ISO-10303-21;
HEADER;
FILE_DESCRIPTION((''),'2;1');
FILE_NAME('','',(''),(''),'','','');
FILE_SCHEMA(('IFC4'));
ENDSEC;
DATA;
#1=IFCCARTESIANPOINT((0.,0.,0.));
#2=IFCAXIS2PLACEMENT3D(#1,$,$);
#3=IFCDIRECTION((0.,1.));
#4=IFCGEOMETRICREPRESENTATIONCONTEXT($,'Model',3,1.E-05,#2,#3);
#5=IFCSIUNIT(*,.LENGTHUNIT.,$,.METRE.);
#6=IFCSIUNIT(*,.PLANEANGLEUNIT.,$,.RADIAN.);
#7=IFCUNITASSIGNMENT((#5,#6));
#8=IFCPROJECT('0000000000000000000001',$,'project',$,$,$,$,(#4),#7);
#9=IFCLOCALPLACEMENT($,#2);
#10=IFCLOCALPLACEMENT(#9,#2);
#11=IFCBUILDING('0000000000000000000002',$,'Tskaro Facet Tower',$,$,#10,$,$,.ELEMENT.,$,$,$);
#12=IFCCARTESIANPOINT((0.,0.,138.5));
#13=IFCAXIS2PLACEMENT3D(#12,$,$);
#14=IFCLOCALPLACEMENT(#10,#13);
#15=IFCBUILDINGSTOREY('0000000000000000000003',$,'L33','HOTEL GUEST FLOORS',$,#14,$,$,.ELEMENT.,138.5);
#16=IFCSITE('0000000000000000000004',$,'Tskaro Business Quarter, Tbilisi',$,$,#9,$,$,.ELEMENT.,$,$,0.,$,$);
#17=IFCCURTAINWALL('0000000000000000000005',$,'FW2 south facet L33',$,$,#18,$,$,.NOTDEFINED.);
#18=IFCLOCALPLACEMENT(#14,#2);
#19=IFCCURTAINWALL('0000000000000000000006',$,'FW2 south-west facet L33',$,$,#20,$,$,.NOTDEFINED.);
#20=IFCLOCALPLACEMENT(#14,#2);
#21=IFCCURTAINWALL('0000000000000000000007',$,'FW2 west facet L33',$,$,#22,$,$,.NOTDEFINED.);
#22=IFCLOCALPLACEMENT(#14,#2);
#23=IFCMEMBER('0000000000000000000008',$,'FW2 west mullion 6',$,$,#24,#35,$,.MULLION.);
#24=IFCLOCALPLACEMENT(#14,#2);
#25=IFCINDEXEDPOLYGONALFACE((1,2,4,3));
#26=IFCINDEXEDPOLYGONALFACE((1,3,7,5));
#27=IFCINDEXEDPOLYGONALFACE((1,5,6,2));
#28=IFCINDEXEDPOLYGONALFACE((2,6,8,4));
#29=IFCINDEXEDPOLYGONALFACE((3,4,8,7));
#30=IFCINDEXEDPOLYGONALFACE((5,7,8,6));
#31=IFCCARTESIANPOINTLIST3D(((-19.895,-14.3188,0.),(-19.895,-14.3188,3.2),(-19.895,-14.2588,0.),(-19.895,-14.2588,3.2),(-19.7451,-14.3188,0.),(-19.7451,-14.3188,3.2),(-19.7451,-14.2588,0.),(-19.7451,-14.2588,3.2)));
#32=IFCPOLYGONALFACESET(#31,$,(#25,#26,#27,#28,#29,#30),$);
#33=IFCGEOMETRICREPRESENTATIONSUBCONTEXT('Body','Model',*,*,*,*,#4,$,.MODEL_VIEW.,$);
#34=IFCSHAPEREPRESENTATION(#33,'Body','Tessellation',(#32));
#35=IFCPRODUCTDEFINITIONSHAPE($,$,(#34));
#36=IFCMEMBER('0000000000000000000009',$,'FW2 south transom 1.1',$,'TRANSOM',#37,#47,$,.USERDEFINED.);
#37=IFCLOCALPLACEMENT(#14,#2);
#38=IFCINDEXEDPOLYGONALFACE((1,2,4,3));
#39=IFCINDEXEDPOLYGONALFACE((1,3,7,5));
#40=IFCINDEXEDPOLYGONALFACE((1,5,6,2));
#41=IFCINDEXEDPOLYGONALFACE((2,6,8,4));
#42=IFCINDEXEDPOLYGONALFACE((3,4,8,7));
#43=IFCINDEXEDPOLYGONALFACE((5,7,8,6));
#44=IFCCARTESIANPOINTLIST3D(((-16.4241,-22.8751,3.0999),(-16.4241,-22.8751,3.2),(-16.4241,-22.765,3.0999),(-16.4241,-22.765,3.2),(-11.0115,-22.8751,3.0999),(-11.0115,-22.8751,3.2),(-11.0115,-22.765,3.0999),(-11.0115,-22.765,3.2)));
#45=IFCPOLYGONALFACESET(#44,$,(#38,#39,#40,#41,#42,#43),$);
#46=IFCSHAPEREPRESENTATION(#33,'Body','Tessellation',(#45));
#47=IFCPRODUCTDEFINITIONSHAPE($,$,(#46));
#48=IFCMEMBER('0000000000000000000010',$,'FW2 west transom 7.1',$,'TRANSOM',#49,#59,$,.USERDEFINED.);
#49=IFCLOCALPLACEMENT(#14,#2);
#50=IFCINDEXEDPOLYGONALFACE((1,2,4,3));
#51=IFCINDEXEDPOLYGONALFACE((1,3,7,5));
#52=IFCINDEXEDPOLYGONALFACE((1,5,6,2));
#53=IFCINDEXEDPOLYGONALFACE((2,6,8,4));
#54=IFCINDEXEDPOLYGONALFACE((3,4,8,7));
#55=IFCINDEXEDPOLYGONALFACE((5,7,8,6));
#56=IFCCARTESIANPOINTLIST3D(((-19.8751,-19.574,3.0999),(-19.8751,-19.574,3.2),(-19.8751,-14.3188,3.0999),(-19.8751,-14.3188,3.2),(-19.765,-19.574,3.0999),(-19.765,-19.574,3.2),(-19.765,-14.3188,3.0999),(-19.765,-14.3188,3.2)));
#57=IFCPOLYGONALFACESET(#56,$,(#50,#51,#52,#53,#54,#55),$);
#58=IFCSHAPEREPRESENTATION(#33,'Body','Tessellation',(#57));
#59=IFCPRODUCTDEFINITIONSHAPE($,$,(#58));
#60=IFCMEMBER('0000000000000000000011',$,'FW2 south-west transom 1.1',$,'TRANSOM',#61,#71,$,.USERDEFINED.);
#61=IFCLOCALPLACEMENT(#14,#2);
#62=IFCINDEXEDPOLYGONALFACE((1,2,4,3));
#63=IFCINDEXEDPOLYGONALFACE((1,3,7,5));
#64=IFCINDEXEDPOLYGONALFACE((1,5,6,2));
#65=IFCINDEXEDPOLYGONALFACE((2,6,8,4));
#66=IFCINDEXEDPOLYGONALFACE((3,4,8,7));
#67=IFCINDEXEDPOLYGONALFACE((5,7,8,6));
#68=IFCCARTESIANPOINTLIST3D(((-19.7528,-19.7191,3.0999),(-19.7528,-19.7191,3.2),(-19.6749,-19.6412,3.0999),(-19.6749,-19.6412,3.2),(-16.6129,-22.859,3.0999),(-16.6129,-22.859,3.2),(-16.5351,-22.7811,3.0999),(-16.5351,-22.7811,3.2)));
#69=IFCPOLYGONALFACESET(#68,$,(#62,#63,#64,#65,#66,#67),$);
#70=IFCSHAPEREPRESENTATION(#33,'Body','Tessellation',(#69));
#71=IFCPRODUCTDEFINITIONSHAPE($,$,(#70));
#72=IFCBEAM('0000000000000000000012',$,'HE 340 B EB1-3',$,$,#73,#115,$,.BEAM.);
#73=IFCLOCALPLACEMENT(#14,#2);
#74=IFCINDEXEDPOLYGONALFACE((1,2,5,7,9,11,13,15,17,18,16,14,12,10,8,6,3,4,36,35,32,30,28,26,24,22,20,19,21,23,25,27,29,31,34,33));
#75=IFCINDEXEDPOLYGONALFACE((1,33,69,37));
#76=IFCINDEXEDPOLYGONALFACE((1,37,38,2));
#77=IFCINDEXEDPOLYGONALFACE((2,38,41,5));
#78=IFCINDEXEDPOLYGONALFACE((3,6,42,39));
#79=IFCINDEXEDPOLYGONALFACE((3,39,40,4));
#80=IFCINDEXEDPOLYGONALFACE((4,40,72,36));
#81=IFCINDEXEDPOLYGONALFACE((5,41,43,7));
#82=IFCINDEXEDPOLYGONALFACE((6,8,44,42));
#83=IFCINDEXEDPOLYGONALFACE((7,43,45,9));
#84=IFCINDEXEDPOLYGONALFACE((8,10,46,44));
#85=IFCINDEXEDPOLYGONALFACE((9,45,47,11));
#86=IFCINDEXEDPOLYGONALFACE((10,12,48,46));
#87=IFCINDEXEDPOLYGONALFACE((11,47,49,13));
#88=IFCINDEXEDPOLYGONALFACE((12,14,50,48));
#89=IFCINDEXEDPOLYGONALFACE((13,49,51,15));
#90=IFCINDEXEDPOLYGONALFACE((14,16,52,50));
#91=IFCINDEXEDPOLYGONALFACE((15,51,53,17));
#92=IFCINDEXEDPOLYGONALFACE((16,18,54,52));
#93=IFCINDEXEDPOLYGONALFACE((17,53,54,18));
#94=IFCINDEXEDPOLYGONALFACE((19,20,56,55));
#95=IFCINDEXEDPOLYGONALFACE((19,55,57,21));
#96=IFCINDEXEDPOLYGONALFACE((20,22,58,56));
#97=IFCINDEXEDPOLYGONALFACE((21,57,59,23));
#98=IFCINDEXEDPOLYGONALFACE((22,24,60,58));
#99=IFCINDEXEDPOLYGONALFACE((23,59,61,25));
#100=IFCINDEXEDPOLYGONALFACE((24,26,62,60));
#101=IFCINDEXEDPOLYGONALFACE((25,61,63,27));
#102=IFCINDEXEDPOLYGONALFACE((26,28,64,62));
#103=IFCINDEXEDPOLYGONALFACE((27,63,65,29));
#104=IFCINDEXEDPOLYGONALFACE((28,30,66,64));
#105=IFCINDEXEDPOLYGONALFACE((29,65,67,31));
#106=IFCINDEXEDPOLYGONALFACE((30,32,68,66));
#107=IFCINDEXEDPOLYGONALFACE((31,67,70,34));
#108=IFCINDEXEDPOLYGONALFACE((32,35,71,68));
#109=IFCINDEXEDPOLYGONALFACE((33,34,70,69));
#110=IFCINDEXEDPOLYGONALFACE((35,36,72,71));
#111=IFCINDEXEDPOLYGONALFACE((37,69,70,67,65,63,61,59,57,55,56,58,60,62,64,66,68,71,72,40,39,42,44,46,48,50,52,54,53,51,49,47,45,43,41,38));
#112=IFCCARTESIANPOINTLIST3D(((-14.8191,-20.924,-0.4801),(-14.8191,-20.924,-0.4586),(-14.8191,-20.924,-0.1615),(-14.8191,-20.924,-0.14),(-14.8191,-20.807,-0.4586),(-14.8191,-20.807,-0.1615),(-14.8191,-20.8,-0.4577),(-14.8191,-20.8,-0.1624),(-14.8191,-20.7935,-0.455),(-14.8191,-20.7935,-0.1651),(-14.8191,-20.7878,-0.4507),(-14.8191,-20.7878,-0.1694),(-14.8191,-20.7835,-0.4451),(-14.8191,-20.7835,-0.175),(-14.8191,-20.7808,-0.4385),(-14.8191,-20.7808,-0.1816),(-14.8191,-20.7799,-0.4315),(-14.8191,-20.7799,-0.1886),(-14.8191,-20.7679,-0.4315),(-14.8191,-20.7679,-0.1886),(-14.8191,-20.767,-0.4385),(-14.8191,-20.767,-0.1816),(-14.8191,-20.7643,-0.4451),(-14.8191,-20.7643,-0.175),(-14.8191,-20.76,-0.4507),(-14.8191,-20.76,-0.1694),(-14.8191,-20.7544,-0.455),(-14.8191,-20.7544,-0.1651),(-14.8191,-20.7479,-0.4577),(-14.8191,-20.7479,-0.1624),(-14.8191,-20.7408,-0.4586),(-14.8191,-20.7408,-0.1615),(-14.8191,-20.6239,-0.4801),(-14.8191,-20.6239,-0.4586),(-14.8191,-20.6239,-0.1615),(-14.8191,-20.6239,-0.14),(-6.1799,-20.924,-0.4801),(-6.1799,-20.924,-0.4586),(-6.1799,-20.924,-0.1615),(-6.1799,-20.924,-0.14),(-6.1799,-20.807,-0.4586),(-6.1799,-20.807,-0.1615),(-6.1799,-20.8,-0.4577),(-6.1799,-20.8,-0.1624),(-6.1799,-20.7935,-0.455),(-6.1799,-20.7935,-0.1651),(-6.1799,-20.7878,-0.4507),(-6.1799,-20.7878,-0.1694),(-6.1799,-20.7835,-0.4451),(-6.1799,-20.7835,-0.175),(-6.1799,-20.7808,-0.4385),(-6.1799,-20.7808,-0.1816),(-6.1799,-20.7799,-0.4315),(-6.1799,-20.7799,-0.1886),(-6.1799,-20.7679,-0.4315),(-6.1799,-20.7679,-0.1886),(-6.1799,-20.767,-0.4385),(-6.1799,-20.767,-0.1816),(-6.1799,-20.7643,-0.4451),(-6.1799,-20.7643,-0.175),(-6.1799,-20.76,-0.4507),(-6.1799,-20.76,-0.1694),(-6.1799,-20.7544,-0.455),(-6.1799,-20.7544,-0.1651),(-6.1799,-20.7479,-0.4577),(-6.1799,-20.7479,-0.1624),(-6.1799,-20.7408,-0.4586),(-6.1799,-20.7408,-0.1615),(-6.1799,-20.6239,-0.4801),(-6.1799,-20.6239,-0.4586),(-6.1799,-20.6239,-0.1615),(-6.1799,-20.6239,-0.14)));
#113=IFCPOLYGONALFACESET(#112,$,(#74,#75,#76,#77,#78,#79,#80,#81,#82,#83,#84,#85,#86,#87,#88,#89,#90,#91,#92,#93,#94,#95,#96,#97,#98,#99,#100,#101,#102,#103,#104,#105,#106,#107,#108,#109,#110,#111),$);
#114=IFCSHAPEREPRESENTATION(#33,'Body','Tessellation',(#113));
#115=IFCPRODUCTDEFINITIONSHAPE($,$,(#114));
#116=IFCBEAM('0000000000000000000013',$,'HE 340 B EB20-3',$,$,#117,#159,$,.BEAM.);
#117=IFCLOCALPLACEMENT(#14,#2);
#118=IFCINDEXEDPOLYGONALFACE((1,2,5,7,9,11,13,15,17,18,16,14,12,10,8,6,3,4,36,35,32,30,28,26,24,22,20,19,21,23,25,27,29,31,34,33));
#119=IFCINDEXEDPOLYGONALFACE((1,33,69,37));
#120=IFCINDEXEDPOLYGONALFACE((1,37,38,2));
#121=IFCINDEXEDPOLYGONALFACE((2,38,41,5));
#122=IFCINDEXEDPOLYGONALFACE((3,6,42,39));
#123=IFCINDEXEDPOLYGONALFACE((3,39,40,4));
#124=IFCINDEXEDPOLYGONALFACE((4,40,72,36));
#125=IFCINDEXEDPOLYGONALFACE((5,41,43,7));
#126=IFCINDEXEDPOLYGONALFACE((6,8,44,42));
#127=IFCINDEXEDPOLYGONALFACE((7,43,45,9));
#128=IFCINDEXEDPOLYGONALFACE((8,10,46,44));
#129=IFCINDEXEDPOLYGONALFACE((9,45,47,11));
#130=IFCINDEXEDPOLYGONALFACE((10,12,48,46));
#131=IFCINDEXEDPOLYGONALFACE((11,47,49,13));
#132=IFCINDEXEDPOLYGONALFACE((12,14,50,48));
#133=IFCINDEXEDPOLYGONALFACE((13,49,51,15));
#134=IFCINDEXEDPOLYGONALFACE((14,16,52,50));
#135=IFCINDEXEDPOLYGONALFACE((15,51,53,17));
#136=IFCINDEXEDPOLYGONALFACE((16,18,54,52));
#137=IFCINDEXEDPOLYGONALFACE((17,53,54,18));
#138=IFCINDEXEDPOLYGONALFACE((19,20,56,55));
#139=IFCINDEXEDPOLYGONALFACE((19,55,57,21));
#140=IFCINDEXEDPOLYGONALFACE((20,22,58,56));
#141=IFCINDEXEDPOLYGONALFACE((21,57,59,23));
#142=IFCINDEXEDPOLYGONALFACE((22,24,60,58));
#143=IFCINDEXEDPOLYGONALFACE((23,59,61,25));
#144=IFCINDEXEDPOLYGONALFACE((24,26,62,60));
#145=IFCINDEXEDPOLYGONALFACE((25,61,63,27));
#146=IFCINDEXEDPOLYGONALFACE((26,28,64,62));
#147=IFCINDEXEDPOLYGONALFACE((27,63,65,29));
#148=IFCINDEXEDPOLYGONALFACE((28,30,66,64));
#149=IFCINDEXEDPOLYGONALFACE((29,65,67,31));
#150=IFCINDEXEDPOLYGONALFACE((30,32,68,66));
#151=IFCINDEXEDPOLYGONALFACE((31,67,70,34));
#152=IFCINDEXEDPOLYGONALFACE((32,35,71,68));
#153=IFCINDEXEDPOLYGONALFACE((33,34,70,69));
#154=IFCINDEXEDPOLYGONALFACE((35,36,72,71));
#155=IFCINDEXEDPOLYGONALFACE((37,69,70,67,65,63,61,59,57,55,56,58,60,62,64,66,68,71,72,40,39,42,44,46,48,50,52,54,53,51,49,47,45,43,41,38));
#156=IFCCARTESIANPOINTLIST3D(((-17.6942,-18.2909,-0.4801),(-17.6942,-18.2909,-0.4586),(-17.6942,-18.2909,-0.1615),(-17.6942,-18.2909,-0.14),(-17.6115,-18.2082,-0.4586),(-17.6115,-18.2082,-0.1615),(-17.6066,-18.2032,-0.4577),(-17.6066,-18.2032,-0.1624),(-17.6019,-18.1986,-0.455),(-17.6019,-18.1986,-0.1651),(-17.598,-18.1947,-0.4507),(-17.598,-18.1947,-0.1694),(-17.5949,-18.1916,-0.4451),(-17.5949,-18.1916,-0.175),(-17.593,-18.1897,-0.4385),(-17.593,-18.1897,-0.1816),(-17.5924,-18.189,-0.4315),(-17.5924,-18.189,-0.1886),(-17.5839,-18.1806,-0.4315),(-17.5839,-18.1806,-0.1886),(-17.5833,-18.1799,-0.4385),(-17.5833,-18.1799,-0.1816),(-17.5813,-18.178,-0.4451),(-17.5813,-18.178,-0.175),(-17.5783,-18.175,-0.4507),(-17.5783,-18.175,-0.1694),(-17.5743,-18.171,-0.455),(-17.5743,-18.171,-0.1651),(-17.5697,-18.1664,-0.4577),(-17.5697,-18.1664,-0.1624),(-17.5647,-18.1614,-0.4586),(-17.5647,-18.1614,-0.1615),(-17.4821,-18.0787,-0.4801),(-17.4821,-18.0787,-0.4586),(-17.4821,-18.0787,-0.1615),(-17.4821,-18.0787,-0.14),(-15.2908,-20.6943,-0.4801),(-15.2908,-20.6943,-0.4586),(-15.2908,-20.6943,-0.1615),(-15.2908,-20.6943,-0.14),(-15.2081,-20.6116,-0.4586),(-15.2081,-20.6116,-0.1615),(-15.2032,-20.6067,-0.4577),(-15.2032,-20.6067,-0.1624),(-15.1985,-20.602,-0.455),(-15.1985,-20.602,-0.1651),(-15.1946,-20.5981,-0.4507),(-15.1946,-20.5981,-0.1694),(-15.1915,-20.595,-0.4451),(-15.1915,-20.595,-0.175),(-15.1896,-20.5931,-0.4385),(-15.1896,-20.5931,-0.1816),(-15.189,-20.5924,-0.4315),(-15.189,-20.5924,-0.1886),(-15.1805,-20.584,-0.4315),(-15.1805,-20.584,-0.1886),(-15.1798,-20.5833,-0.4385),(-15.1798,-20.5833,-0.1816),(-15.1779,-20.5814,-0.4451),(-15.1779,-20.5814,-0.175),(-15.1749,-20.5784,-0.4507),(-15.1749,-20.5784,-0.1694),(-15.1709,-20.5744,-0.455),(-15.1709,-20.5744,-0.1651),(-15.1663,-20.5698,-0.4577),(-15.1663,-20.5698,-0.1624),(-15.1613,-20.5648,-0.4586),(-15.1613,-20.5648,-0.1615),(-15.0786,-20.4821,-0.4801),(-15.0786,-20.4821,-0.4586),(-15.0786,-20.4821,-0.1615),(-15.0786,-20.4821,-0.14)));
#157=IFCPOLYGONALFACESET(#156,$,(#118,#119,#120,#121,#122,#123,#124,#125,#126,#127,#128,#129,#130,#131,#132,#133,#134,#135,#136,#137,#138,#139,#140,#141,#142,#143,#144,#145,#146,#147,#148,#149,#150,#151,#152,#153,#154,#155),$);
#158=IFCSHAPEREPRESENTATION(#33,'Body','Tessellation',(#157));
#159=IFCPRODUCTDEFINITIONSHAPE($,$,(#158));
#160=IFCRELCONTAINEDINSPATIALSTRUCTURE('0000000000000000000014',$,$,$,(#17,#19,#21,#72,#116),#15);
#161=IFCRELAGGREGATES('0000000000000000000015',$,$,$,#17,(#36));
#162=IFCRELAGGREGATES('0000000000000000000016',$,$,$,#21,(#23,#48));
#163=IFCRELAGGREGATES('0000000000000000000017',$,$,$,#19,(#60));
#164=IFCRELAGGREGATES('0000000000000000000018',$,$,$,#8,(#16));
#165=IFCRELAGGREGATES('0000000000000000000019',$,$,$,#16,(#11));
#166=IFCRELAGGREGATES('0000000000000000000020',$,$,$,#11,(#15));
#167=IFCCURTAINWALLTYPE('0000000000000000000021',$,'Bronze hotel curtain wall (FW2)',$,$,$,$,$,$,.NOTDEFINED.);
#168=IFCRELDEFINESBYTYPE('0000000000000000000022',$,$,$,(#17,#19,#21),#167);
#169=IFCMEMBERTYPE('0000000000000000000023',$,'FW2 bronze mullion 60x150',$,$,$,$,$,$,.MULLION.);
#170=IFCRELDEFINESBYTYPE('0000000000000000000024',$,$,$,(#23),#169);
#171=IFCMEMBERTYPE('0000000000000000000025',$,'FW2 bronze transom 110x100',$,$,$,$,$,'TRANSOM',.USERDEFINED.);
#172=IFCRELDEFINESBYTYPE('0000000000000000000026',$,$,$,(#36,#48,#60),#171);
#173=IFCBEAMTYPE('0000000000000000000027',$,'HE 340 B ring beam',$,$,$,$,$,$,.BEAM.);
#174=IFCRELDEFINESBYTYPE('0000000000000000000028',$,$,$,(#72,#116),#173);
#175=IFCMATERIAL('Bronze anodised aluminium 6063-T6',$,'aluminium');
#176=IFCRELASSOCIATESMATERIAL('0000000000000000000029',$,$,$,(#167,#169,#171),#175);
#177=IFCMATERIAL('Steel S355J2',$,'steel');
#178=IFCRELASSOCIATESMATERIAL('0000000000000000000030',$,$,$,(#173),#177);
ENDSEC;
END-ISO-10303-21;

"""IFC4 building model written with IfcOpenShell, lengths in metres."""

from ifc_helpers import new_model, si_unit, direction, frame, origin, origin_2d, place, context, subcontext, project, spatial, rectangle, i_section, extrude, material, material_profile, profile_set, type_object, element, aggregate, save


model = new_model("IFC4")

# Units and contexts
model_context = context("Model", 3, precision=1e-05, world=origin(), true_north=direction((0.0, 1.0)))
body_context = subcontext(model_context, "Body", "Model", "MODEL_VIEW")
ifc_project = project(units=[si_unit("LENGTHUNIT", "METRE"), si_unit("PLANEANGLEUNIT", "RADIAN")], contexts=[model_context])

# Site, building, storey
site_placement = place(None, origin())
site = spatial("IfcSite", under=ifc_project, at=site_placement, Name="Tskaro Business Quarter, Tbilisi", CompositionType="ELEMENT", RefElevation=0.0)
building_placement = place(site_placement, origin())
building = spatial("IfcBuilding", under=site, at=building_placement, Name="Tskaro Facet Tower", CompositionType="ELEMENT")
storey_placement = place(building_placement, frame((0.0, 0.0, 138.5)))
storey = spatial("IfcBuildingStorey", under=building, at=storey_placement, Name="L33", Description="HOTEL GUEST FLOORS", CompositionType="ELEMENT", Elevation=138.5)

# Curtain walls, member
ifc_material_1 = material(Name="Bronze anodised aluminium 6063-T6", Category="aluminium")
curtain_wall_type = type_object("IfcCurtainWallType", Name="Bronze hotel curtain wall (FW2)", PredefinedType="NOTDEFINED", material=ifc_material_1)
curtain_wall_1_placement = place(storey_placement, origin())
curtain_wall_1 = element("IfcCurtainWall", 1, at=curtain_wall_1_placement, inside=storey, type_object=curtain_wall_type, Name="FW2 south facet L33", PredefinedType="NOTDEFINED")
curtain_wall_2_placement = place(storey_placement, origin())
curtain_wall_2 = element("IfcCurtainWall", 2, at=curtain_wall_2_placement, inside=storey, type_object=curtain_wall_type, Name="FW2 south-west facet L33", PredefinedType="NOTDEFINED")
curtain_wall_3_placement = place(storey_placement, origin())
curtain_wall_3 = element("IfcCurtainWall", 3, at=curtain_wall_3_placement, inside=storey, type_object=curtain_wall_type, Name="FW2 west facet L33", PredefinedType="NOTDEFINED")
ifc_material_profile_1 = material_profile(ifc_material_1, rectangle(XDim=0.0601, YDim=0.1499, at=origin_2d()), Name="Mullion 60x150")
ifc_profile_set_1 = profile_set([ifc_material_profile_1], Name="Bronze anodised aluminium 6063-T6")
member_type_1 = type_object("IfcMemberType", Name="FW2 bronze mullion 60x150", PredefinedType="MULLION", material=ifc_profile_set_1)
member_1_placement = place(storey_placement, frame((-19.8201, -14.2888, 0.0), z_axis=(0.0, 0.0, 1.0), x_axis=(0.0, -1.0, 0.0)))
member_1 = element("IfcMember", 4, at=member_1_placement, type_object=member_type_1, Name="FW2 west mullion 6", PredefinedType="MULLION", context=body_context, shape_type="SweptSolid", body=[
    extrude(rectangle(XDim=0.0601, YDim=0.1499, at=origin_2d()), origin(), (0.0, 0.0, 1.0), 3.2),
])

# Members
ifc_material_profile_2 = material_profile(ifc_material_1, rectangle(XDim=0.1101, YDim=0.1001, at=origin_2d()), Name="Transom 110x100")
ifc_profile_set_2 = profile_set([ifc_material_profile_2], Name="Bronze anodised aluminium 6063-T6")
member_type_2 = type_object("IfcMemberType", Name="FW2 bronze transom 110x100", ElementType="TRANSOM", PredefinedType="USERDEFINED", material=ifc_profile_set_2)
member_2_placement = place(storey_placement, frame((-16.4241, -22.8201, 3.1499), z_axis=(1.0, 0.0, 0.0), x_axis=(0.0, 1.0, 0.0)))
member_2 = element("IfcMember", 5, at=member_2_placement, type_object=member_type_2, Name="FW2 south transom 1.1", ObjectType="TRANSOM", PredefinedType="USERDEFINED", context=body_context, shape_type="SweptSolid", body=[
    extrude(rectangle(XDim=0.1101, YDim=0.1001, at=origin_2d()), origin(), (0.0, 0.0, 1.0), 5.4126),
])
aggregate(curtain_wall_1, [member_2])
member_3_placement = place(storey_placement, frame((-19.8201, -14.3188, 3.1499), z_axis=(0.0, -1.0, 0.0), x_axis=(1.0, 0.0, 0.0)))
member_3 = element("IfcMember", 6, at=member_3_placement, type_object=member_type_2, Name="FW2 west transom 7.1", ObjectType="TRANSOM", PredefinedType="USERDEFINED", context=body_context, shape_type="SweptSolid", body=[
    extrude(rectangle(XDim=0.1101, YDim=0.1001, at=origin_2d()), origin(), (0.0, 0.0, 1.0), 5.2551),
])
member_4_placement = place(storey_placement, frame((-19.7139, -19.6802, 3.1499), z_axis=(0.707107, -0.707107, 0.0), x_axis=(0.707107, 0.707107, 0.0)))
member_4 = element("IfcMember", 7, at=member_4_placement, type_object=member_type_2, Name="FW2 south-west transom 1.1", ObjectType="TRANSOM", PredefinedType="USERDEFINED", context=body_context, shape_type="SweptSolid", body=[
    extrude(rectangle(XDim=0.1101, YDim=0.1001, at=origin_2d()), origin(), (0.0, 0.0, 1.0), 4.4404),
])

# Beams
ifc_material_2 = material(Name="Steel S355J2", Category="steel")
ifc_material_profile_3 = material_profile(ifc_material_2, i_section(OverallWidth=0.3, OverallDepth=0.3401, WebThickness=0.012, FlangeThickness=0.0215, FilletRadius=0.0271, at=origin_2d()), Name="HE 340 B")
ifc_profile_set_3 = profile_set([ifc_material_profile_3], Name="Steel S355J2")
beam_type_1 = type_object("IfcBeamType", Name="HE 340 B ring beam", PredefinedType="BEAM", material=ifc_profile_set_3)
beam_1_placement = place(storey_placement, frame((-14.8191, -20.7739, -0.3101), z_axis=(1.0, 0.0, 0.0), x_axis=(0.0, 1.0, 0.0)))
element("IfcBeam", 8, at=beam_1_placement, inside=storey, type_object=beam_type_1, Name="HE 340 B EB1-3", PredefinedType="BEAM", context=body_context, shape_type="SweptSolid", body=[
    extrude(i_section(OverallWidth=0.3, OverallDepth=0.3401, WebThickness=0.012, FlangeThickness=0.0215, FilletRadius=0.0271, at=origin_2d()), origin(), (0.0, 0.0, 1.0), 8.6392),
])
beam_2_placement = place(storey_placement, frame((-17.5881, -18.1848, -0.3101), z_axis=(0.707107, -0.707107, 0.0), x_axis=(0.707107, 0.707107, 0.0)))
element("IfcBeam", 9, at=beam_2_placement, inside=storey, type_object=beam_type_1, Name="HE 340 B EB20-3", PredefinedType="BEAM", context=body_context, shape_type="SweptSolid", body=[
    extrude(i_section(OverallWidth=0.3, OverallDepth=0.3401, WebThickness=0.012, FlangeThickness=0.0215, FilletRadius=0.0271, at=origin_2d()), origin(), (0.0, 0.0, 1.0), 3.3989),
])

aggregate(curtain_wall_3, [member_1, member_3])
aggregate(curtain_wall_2, [member_4])

save(model, "model.ifc")
